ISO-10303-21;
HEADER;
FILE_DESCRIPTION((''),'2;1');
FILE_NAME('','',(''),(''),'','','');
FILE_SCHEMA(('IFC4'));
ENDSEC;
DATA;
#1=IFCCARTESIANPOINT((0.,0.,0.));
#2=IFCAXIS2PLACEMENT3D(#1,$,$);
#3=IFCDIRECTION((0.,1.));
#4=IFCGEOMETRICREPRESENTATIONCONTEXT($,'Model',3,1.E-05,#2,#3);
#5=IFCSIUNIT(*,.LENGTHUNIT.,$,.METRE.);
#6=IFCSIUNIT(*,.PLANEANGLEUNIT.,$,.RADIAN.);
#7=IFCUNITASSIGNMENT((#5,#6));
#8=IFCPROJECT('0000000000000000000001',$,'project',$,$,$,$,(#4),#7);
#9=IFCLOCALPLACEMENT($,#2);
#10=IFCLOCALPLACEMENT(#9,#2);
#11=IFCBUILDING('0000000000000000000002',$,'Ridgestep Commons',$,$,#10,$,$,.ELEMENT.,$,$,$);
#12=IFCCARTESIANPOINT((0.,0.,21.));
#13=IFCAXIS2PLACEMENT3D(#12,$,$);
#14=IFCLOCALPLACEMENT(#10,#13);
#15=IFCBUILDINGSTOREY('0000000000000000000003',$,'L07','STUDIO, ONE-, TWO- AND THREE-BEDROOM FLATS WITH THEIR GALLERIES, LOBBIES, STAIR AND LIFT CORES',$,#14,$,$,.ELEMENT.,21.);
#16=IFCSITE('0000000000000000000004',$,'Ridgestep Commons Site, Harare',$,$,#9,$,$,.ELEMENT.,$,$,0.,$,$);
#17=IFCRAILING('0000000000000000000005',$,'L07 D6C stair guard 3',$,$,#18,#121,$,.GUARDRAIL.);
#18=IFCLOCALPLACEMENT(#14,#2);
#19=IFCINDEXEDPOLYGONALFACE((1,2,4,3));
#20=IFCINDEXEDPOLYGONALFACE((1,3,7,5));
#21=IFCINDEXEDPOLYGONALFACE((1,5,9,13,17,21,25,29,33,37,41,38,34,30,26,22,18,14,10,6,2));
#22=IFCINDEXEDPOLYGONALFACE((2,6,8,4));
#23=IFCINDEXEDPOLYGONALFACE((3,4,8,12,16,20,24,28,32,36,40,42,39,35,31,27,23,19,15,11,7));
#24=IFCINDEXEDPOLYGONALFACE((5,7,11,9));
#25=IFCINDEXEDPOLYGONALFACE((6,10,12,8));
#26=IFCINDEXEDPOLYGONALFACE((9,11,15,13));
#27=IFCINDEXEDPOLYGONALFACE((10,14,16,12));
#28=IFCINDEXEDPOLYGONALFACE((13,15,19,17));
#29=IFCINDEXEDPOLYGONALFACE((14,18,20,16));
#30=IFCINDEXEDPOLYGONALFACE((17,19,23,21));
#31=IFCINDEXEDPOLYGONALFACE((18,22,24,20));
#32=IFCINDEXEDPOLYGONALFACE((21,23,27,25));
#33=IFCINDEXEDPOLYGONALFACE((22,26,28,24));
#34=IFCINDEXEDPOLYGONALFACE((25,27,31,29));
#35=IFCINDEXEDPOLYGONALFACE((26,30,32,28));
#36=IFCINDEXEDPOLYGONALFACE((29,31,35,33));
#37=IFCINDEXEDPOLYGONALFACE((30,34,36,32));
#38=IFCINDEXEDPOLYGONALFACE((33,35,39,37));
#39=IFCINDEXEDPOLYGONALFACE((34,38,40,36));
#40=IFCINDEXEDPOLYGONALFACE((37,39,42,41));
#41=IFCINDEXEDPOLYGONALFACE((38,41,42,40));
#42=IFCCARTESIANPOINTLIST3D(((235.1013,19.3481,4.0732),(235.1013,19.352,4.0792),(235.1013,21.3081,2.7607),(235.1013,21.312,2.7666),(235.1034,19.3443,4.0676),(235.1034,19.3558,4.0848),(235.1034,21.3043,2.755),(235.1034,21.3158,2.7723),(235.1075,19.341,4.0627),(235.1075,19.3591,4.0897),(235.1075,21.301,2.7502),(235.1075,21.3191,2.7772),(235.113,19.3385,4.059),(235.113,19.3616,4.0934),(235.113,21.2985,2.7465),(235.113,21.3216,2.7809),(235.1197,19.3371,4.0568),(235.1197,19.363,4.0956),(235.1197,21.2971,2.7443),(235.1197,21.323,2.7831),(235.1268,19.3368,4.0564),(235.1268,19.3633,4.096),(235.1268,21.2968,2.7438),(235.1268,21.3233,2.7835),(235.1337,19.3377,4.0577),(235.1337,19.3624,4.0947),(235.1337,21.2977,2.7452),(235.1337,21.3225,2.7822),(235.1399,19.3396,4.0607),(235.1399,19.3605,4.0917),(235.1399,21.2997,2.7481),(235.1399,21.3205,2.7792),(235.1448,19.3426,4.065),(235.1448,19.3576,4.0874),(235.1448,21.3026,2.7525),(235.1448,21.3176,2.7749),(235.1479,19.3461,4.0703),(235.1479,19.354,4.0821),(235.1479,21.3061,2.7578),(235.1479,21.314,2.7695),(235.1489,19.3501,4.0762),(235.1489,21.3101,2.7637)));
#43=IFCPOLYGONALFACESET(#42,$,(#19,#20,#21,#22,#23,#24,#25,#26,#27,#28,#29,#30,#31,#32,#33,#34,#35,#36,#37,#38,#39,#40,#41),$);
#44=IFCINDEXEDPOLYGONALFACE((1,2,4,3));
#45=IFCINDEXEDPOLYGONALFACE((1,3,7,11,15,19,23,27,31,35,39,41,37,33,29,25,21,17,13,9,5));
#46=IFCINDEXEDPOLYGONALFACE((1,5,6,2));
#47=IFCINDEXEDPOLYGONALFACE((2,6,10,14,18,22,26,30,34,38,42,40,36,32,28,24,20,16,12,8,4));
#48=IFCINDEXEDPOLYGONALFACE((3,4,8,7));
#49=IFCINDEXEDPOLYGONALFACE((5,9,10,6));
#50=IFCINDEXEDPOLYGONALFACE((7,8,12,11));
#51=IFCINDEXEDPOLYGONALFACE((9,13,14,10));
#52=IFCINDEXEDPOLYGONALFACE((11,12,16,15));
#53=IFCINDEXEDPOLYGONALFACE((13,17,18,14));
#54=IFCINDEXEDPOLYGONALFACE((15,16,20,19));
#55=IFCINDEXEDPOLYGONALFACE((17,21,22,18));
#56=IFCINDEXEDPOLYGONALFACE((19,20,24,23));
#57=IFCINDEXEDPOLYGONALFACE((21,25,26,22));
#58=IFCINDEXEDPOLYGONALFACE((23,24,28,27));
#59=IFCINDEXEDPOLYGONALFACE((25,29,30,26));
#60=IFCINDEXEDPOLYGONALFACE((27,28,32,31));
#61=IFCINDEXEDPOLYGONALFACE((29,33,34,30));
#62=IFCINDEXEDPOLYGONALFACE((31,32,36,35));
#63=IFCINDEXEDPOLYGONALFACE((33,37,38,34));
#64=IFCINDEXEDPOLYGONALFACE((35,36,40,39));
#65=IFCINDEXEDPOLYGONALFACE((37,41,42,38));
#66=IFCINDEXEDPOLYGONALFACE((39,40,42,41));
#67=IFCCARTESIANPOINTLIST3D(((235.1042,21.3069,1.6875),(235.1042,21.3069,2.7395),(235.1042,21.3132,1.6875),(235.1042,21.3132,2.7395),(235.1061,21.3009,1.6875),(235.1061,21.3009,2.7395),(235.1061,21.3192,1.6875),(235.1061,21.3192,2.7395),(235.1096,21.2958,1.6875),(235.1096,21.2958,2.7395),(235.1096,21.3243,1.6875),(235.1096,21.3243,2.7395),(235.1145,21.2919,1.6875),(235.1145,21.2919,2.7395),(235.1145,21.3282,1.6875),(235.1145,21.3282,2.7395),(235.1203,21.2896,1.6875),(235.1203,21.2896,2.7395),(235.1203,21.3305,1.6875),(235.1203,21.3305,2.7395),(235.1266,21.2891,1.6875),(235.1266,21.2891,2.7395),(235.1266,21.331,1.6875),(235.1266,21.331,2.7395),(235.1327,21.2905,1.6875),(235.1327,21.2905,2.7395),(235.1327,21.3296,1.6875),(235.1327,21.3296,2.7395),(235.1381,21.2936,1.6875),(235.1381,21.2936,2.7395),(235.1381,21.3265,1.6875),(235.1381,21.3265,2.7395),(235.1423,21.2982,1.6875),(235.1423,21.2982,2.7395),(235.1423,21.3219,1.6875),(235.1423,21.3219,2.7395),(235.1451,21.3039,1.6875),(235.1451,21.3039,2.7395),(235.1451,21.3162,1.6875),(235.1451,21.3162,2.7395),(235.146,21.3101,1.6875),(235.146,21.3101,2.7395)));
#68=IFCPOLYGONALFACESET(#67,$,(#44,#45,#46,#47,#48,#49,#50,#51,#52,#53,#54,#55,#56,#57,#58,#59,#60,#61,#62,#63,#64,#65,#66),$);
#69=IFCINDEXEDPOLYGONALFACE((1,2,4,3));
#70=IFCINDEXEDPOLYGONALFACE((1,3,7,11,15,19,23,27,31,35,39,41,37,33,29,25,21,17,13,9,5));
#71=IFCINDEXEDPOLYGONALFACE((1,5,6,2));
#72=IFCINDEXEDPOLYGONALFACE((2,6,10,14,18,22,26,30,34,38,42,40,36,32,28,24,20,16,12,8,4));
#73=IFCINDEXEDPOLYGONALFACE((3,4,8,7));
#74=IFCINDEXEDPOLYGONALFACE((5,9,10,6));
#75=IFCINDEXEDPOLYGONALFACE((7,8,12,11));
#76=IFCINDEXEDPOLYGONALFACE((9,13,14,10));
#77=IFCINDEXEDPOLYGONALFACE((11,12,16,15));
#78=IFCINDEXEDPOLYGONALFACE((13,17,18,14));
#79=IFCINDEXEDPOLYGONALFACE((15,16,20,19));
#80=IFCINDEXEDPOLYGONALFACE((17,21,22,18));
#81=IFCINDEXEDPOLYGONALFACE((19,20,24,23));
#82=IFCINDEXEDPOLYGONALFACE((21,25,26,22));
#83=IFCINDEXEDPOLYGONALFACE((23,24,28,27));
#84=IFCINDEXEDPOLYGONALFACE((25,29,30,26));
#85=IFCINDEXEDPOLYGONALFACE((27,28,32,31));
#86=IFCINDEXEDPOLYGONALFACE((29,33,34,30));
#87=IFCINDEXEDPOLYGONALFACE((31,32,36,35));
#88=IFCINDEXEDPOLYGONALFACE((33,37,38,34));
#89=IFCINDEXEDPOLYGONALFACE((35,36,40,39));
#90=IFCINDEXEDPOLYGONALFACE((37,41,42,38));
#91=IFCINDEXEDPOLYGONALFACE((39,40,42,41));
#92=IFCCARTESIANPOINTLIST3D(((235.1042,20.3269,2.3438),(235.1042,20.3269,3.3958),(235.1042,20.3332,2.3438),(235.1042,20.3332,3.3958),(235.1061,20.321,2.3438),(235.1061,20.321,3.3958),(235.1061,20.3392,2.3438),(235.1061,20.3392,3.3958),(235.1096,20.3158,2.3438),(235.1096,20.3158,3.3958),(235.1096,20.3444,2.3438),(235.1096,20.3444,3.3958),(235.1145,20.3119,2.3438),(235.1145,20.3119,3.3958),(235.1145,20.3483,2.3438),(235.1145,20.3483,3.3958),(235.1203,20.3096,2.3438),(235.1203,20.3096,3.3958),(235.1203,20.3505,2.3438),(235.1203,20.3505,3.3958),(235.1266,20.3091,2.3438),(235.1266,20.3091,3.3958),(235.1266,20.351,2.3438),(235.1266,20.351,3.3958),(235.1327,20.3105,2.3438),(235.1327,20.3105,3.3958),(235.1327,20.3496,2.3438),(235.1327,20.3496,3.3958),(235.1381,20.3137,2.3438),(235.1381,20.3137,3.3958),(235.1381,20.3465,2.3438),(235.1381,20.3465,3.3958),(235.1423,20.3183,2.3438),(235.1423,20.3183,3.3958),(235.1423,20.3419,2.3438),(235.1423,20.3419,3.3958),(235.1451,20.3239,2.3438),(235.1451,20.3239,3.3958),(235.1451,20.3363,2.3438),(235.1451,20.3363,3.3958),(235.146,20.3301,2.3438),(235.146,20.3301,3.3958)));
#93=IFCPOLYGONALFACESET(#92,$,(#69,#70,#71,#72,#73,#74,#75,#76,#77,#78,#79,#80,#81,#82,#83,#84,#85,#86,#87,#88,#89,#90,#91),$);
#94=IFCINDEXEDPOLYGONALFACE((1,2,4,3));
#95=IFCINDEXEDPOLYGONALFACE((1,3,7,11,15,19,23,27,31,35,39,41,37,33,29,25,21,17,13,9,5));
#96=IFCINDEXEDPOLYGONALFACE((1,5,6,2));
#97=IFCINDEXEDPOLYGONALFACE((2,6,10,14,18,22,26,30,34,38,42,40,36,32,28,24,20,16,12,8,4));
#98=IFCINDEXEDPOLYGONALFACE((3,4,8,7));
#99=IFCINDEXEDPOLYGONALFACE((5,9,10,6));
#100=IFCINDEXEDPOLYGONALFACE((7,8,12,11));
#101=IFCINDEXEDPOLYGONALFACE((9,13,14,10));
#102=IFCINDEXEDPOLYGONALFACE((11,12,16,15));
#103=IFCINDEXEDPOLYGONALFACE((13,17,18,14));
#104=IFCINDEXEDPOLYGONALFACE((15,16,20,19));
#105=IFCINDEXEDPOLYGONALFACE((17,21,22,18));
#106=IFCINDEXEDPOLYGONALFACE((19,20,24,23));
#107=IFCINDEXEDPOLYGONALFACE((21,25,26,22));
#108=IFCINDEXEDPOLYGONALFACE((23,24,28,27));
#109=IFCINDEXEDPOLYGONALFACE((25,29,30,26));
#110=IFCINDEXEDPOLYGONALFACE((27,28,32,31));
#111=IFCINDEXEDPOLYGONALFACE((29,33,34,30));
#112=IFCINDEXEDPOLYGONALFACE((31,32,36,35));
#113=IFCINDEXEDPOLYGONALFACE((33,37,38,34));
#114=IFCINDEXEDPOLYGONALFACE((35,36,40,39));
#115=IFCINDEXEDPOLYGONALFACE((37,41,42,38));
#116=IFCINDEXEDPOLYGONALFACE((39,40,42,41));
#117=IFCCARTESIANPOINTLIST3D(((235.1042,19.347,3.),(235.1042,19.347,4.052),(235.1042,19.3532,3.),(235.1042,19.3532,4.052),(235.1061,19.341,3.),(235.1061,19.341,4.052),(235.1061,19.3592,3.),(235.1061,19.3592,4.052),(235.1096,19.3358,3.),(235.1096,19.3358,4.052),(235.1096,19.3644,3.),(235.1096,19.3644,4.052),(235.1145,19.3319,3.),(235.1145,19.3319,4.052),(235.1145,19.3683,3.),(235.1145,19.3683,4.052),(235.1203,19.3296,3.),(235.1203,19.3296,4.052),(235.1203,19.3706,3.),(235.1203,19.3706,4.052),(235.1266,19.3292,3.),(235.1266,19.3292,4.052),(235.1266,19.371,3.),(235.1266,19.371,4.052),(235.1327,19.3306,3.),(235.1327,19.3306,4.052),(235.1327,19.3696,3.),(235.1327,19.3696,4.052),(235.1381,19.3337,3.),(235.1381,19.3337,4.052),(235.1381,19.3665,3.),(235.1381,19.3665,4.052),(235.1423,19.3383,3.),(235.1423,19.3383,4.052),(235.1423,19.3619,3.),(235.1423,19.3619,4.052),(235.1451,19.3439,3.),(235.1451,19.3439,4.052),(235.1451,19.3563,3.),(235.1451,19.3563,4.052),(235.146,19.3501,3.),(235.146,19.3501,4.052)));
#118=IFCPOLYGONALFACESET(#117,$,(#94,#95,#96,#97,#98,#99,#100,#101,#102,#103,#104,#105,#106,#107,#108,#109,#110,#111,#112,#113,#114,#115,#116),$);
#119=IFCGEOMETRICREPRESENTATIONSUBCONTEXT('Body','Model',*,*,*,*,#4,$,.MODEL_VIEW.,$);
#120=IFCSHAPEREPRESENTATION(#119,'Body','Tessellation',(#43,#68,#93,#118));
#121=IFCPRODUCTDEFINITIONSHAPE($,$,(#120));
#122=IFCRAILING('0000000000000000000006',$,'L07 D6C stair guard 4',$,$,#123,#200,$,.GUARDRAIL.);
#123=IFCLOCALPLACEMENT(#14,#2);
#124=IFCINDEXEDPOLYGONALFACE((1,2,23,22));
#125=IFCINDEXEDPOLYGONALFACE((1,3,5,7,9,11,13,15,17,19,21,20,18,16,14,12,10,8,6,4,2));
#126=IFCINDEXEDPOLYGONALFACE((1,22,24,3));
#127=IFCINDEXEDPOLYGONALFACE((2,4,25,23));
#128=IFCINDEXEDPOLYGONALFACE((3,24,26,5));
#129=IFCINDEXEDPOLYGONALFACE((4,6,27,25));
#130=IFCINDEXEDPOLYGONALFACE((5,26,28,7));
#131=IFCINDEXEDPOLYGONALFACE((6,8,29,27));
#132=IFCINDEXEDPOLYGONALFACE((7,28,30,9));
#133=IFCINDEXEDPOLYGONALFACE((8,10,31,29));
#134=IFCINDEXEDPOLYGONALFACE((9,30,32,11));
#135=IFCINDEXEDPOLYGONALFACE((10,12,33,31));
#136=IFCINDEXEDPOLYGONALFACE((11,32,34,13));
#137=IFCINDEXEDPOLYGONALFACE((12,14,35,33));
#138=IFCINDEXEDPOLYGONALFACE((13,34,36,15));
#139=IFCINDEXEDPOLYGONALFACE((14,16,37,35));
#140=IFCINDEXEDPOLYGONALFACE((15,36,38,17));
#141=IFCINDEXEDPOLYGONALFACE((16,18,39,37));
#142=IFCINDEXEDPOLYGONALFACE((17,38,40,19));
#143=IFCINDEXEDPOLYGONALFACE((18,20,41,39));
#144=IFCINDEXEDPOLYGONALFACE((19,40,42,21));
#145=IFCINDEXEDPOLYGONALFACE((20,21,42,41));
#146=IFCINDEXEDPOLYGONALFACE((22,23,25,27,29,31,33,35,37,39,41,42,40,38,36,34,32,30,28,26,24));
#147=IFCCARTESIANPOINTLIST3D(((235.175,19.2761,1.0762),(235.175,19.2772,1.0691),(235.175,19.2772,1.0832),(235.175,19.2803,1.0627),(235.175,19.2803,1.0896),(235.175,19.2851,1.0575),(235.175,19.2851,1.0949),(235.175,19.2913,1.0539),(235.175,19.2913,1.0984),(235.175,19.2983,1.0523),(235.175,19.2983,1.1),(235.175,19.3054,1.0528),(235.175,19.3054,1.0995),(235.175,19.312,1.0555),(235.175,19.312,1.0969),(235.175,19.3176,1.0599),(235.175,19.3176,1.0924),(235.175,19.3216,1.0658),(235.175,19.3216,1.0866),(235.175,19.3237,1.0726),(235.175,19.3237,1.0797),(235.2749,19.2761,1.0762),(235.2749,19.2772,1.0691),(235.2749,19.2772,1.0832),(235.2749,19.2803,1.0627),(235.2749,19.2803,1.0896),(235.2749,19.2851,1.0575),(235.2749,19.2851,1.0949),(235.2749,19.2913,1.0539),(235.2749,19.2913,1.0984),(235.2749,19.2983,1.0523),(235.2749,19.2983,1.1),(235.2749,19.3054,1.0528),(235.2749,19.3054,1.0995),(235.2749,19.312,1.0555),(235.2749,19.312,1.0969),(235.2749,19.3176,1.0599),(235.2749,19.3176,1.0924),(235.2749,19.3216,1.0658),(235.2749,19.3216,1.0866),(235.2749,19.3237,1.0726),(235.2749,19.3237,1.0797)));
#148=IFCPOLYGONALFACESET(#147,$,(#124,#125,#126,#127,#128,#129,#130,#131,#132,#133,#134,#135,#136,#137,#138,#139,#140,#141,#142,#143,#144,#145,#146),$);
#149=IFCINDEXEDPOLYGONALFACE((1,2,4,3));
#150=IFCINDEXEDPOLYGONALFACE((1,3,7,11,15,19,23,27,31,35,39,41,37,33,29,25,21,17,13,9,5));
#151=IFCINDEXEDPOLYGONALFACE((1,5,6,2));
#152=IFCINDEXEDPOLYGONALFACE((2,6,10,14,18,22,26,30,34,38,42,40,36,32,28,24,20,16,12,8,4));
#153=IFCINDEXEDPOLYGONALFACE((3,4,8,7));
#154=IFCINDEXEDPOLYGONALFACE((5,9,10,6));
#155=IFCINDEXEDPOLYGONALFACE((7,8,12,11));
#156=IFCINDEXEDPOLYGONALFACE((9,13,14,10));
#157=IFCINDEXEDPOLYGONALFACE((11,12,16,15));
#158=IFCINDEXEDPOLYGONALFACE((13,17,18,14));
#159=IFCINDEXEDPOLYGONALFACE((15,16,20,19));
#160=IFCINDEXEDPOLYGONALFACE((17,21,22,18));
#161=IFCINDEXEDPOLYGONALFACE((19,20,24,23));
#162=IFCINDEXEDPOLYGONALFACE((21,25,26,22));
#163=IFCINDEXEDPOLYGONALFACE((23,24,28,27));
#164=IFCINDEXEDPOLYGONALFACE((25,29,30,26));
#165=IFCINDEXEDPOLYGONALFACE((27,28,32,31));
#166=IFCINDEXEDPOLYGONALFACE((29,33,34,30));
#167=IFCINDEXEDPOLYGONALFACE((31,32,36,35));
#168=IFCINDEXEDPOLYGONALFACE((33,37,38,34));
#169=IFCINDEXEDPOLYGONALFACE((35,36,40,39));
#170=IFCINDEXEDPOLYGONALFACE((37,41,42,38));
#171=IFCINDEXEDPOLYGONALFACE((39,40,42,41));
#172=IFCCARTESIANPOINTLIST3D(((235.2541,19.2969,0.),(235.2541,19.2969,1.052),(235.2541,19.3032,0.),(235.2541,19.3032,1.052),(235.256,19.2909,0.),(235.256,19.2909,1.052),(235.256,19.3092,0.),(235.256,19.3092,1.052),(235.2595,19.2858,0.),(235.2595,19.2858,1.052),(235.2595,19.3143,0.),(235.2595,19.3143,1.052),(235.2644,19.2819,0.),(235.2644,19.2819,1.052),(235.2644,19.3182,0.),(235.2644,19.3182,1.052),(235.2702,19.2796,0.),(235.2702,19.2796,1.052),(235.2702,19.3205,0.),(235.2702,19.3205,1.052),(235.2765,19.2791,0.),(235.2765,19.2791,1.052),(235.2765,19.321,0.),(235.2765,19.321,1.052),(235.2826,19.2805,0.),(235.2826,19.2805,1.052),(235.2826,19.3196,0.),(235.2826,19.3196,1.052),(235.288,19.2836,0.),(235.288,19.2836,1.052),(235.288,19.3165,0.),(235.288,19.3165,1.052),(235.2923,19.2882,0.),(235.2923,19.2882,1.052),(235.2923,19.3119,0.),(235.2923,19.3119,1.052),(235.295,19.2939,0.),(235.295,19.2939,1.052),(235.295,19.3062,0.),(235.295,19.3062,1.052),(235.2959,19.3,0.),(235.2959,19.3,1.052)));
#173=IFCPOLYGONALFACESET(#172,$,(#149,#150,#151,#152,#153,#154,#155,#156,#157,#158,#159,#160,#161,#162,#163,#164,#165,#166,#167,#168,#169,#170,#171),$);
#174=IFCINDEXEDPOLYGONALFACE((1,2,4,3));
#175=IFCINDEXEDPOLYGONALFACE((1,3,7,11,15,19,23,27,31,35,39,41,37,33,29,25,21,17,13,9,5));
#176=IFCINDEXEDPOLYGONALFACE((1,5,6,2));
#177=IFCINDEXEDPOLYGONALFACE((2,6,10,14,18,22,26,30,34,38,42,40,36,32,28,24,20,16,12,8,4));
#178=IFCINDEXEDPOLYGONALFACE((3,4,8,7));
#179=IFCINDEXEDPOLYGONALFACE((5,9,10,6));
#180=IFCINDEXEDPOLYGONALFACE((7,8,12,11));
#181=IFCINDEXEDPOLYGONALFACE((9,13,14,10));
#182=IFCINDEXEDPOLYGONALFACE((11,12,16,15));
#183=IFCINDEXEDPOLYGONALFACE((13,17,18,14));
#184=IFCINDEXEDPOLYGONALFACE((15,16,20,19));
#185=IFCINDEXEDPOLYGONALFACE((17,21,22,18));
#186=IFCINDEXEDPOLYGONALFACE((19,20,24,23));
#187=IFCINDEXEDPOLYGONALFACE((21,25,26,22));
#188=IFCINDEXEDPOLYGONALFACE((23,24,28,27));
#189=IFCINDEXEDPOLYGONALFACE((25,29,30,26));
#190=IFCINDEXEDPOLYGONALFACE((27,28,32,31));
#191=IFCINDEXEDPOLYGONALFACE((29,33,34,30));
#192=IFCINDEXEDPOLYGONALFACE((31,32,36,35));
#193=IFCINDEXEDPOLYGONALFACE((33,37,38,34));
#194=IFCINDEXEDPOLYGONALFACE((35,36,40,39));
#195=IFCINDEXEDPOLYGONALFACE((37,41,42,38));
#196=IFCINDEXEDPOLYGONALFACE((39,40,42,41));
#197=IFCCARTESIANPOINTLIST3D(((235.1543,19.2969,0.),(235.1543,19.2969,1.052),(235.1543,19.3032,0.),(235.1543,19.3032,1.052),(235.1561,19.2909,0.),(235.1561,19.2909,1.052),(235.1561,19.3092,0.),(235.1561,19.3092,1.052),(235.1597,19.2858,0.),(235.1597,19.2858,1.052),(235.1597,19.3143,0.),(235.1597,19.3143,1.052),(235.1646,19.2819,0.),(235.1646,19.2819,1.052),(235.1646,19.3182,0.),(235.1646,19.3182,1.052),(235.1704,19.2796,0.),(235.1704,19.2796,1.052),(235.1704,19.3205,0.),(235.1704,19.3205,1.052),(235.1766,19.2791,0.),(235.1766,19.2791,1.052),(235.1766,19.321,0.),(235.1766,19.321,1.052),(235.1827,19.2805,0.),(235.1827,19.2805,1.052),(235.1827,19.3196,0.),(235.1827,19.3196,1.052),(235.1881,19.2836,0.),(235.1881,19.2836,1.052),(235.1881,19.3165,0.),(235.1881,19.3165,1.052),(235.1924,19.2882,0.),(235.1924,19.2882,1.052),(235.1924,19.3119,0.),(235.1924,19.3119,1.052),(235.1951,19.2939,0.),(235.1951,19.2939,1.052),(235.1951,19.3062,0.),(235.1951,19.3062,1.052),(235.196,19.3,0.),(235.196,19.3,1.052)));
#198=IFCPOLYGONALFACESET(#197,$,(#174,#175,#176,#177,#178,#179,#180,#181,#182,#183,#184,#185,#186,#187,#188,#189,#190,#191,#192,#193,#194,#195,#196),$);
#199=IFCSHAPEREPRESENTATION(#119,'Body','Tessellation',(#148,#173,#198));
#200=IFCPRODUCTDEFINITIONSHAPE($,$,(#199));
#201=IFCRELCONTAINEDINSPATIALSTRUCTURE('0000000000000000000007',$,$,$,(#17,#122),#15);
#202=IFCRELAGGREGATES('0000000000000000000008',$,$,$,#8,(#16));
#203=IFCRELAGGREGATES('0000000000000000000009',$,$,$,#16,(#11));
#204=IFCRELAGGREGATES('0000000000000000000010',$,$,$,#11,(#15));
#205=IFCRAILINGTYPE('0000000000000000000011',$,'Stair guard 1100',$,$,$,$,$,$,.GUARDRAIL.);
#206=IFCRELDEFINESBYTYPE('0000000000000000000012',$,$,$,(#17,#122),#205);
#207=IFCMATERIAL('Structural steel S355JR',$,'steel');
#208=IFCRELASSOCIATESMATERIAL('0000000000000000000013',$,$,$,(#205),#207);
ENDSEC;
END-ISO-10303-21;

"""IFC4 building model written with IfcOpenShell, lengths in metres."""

from ifc_helpers import new_model, si_unit, direction, frame, origin, origin_2d, place, context, subcontext, project, spatial, circle, extrude, material, type_object, element, save


model = new_model("IFC4")

# Units and contexts
model_context = context("Model", 3, precision=1e-05, world=origin(), true_north=direction((0.0, 1.0)))
body_context = subcontext(model_context, "Body", "Model", "MODEL_VIEW")
ifc_project = project(units=[si_unit("LENGTHUNIT", "METRE"), si_unit("PLANEANGLEUNIT", "RADIAN")], contexts=[model_context])

# Site, building, storey
site_placement = place(None, origin())
site = spatial("IfcSite", under=ifc_project, at=site_placement, Name="Ridgestep Commons Site, Harare", CompositionType="ELEMENT", RefElevation=0.0)
building_placement = place(site_placement, origin())
building = spatial("IfcBuilding", under=site, at=building_placement, Name="Ridgestep Commons", CompositionType="ELEMENT")
storey_placement = place(building_placement, frame((0.0, 0.0, 21.0)))
storey = spatial("IfcBuildingStorey", under=building, at=storey_placement, Name="L07", Description="STUDIO, ONE-, TWO- AND THREE-BEDROOM FLATS WITH THEIR GALLERIES, LOBBIES, STAIR AND LIFT CORES", CompositionType="ELEMENT", Elevation=21.0)

# Railings
ifc_material_1 = material(Name="Structural steel S355JR", Category="steel")
railing_type_1 = type_object("IfcRailingType", Name="Stair guard 1100", PredefinedType="GUARDRAIL", material=ifc_material_1)
railing_1_placement = place(storey_placement, frame((235.125, 21.3101, 1.6875)))
element("IfcRailing", 1, at=railing_1_placement, inside=storey, type_object=railing_type_1, Name="L07 D6C stair guard 3", PredefinedType="GUARDRAIL", context=body_context, shape_type="SweptSolid", body=[
    extrude(circle(Radius=0.0239, at=origin_2d()), frame((0.0, 0.0, 1.0762), z_axis=(0.0, -0.830902, 0.556419), x_axis=(1.0, 0.0, 0.0)), (0.0, 0.0, 1.0), 2.3589),
    extrude(circle(Radius=0.021, at=origin_2d()), origin(), (0.0, 0.0, 1.0), 1.052),
    extrude(circle(Radius=0.021, at=origin_2d()), frame((0.0, -0.98, 0.6562)), (0.0, 0.0, 1.0), 1.052),
    extrude(circle(Radius=0.021, at=origin_2d()), frame((0.0, -1.96, 1.3125)), (0.0, 0.0, 1.0), 1.052),
])
railing_2_placement = place(storey_placement, frame((235.2749, 19.3, 0.0)))
element("IfcRailing", 2, at=railing_2_placement, inside=storey, type_object=railing_type_1, Name="L07 D6C stair guard 4", PredefinedType="GUARDRAIL", context=body_context, shape_type="SweptSolid", body=[
    extrude(circle(Radius=0.0239, at=origin_2d()), frame((0.0, 0.0, 1.0762), z_axis=(-1.0, 0.0, 0.0), x_axis=(0.0, -1.0, 0.0)), (0.0, 0.0, 1.0), 0.0999),
    extrude(circle(Radius=0.021, at=origin_2d()), origin(), (0.0, 0.0, 1.0), 1.052),
    extrude(circle(Radius=0.021, at=origin_2d()), frame((-0.0999, 0.0, 0.0)), (0.0, 0.0, 1.0), 1.052),
])

save(model, "model.ifc")
